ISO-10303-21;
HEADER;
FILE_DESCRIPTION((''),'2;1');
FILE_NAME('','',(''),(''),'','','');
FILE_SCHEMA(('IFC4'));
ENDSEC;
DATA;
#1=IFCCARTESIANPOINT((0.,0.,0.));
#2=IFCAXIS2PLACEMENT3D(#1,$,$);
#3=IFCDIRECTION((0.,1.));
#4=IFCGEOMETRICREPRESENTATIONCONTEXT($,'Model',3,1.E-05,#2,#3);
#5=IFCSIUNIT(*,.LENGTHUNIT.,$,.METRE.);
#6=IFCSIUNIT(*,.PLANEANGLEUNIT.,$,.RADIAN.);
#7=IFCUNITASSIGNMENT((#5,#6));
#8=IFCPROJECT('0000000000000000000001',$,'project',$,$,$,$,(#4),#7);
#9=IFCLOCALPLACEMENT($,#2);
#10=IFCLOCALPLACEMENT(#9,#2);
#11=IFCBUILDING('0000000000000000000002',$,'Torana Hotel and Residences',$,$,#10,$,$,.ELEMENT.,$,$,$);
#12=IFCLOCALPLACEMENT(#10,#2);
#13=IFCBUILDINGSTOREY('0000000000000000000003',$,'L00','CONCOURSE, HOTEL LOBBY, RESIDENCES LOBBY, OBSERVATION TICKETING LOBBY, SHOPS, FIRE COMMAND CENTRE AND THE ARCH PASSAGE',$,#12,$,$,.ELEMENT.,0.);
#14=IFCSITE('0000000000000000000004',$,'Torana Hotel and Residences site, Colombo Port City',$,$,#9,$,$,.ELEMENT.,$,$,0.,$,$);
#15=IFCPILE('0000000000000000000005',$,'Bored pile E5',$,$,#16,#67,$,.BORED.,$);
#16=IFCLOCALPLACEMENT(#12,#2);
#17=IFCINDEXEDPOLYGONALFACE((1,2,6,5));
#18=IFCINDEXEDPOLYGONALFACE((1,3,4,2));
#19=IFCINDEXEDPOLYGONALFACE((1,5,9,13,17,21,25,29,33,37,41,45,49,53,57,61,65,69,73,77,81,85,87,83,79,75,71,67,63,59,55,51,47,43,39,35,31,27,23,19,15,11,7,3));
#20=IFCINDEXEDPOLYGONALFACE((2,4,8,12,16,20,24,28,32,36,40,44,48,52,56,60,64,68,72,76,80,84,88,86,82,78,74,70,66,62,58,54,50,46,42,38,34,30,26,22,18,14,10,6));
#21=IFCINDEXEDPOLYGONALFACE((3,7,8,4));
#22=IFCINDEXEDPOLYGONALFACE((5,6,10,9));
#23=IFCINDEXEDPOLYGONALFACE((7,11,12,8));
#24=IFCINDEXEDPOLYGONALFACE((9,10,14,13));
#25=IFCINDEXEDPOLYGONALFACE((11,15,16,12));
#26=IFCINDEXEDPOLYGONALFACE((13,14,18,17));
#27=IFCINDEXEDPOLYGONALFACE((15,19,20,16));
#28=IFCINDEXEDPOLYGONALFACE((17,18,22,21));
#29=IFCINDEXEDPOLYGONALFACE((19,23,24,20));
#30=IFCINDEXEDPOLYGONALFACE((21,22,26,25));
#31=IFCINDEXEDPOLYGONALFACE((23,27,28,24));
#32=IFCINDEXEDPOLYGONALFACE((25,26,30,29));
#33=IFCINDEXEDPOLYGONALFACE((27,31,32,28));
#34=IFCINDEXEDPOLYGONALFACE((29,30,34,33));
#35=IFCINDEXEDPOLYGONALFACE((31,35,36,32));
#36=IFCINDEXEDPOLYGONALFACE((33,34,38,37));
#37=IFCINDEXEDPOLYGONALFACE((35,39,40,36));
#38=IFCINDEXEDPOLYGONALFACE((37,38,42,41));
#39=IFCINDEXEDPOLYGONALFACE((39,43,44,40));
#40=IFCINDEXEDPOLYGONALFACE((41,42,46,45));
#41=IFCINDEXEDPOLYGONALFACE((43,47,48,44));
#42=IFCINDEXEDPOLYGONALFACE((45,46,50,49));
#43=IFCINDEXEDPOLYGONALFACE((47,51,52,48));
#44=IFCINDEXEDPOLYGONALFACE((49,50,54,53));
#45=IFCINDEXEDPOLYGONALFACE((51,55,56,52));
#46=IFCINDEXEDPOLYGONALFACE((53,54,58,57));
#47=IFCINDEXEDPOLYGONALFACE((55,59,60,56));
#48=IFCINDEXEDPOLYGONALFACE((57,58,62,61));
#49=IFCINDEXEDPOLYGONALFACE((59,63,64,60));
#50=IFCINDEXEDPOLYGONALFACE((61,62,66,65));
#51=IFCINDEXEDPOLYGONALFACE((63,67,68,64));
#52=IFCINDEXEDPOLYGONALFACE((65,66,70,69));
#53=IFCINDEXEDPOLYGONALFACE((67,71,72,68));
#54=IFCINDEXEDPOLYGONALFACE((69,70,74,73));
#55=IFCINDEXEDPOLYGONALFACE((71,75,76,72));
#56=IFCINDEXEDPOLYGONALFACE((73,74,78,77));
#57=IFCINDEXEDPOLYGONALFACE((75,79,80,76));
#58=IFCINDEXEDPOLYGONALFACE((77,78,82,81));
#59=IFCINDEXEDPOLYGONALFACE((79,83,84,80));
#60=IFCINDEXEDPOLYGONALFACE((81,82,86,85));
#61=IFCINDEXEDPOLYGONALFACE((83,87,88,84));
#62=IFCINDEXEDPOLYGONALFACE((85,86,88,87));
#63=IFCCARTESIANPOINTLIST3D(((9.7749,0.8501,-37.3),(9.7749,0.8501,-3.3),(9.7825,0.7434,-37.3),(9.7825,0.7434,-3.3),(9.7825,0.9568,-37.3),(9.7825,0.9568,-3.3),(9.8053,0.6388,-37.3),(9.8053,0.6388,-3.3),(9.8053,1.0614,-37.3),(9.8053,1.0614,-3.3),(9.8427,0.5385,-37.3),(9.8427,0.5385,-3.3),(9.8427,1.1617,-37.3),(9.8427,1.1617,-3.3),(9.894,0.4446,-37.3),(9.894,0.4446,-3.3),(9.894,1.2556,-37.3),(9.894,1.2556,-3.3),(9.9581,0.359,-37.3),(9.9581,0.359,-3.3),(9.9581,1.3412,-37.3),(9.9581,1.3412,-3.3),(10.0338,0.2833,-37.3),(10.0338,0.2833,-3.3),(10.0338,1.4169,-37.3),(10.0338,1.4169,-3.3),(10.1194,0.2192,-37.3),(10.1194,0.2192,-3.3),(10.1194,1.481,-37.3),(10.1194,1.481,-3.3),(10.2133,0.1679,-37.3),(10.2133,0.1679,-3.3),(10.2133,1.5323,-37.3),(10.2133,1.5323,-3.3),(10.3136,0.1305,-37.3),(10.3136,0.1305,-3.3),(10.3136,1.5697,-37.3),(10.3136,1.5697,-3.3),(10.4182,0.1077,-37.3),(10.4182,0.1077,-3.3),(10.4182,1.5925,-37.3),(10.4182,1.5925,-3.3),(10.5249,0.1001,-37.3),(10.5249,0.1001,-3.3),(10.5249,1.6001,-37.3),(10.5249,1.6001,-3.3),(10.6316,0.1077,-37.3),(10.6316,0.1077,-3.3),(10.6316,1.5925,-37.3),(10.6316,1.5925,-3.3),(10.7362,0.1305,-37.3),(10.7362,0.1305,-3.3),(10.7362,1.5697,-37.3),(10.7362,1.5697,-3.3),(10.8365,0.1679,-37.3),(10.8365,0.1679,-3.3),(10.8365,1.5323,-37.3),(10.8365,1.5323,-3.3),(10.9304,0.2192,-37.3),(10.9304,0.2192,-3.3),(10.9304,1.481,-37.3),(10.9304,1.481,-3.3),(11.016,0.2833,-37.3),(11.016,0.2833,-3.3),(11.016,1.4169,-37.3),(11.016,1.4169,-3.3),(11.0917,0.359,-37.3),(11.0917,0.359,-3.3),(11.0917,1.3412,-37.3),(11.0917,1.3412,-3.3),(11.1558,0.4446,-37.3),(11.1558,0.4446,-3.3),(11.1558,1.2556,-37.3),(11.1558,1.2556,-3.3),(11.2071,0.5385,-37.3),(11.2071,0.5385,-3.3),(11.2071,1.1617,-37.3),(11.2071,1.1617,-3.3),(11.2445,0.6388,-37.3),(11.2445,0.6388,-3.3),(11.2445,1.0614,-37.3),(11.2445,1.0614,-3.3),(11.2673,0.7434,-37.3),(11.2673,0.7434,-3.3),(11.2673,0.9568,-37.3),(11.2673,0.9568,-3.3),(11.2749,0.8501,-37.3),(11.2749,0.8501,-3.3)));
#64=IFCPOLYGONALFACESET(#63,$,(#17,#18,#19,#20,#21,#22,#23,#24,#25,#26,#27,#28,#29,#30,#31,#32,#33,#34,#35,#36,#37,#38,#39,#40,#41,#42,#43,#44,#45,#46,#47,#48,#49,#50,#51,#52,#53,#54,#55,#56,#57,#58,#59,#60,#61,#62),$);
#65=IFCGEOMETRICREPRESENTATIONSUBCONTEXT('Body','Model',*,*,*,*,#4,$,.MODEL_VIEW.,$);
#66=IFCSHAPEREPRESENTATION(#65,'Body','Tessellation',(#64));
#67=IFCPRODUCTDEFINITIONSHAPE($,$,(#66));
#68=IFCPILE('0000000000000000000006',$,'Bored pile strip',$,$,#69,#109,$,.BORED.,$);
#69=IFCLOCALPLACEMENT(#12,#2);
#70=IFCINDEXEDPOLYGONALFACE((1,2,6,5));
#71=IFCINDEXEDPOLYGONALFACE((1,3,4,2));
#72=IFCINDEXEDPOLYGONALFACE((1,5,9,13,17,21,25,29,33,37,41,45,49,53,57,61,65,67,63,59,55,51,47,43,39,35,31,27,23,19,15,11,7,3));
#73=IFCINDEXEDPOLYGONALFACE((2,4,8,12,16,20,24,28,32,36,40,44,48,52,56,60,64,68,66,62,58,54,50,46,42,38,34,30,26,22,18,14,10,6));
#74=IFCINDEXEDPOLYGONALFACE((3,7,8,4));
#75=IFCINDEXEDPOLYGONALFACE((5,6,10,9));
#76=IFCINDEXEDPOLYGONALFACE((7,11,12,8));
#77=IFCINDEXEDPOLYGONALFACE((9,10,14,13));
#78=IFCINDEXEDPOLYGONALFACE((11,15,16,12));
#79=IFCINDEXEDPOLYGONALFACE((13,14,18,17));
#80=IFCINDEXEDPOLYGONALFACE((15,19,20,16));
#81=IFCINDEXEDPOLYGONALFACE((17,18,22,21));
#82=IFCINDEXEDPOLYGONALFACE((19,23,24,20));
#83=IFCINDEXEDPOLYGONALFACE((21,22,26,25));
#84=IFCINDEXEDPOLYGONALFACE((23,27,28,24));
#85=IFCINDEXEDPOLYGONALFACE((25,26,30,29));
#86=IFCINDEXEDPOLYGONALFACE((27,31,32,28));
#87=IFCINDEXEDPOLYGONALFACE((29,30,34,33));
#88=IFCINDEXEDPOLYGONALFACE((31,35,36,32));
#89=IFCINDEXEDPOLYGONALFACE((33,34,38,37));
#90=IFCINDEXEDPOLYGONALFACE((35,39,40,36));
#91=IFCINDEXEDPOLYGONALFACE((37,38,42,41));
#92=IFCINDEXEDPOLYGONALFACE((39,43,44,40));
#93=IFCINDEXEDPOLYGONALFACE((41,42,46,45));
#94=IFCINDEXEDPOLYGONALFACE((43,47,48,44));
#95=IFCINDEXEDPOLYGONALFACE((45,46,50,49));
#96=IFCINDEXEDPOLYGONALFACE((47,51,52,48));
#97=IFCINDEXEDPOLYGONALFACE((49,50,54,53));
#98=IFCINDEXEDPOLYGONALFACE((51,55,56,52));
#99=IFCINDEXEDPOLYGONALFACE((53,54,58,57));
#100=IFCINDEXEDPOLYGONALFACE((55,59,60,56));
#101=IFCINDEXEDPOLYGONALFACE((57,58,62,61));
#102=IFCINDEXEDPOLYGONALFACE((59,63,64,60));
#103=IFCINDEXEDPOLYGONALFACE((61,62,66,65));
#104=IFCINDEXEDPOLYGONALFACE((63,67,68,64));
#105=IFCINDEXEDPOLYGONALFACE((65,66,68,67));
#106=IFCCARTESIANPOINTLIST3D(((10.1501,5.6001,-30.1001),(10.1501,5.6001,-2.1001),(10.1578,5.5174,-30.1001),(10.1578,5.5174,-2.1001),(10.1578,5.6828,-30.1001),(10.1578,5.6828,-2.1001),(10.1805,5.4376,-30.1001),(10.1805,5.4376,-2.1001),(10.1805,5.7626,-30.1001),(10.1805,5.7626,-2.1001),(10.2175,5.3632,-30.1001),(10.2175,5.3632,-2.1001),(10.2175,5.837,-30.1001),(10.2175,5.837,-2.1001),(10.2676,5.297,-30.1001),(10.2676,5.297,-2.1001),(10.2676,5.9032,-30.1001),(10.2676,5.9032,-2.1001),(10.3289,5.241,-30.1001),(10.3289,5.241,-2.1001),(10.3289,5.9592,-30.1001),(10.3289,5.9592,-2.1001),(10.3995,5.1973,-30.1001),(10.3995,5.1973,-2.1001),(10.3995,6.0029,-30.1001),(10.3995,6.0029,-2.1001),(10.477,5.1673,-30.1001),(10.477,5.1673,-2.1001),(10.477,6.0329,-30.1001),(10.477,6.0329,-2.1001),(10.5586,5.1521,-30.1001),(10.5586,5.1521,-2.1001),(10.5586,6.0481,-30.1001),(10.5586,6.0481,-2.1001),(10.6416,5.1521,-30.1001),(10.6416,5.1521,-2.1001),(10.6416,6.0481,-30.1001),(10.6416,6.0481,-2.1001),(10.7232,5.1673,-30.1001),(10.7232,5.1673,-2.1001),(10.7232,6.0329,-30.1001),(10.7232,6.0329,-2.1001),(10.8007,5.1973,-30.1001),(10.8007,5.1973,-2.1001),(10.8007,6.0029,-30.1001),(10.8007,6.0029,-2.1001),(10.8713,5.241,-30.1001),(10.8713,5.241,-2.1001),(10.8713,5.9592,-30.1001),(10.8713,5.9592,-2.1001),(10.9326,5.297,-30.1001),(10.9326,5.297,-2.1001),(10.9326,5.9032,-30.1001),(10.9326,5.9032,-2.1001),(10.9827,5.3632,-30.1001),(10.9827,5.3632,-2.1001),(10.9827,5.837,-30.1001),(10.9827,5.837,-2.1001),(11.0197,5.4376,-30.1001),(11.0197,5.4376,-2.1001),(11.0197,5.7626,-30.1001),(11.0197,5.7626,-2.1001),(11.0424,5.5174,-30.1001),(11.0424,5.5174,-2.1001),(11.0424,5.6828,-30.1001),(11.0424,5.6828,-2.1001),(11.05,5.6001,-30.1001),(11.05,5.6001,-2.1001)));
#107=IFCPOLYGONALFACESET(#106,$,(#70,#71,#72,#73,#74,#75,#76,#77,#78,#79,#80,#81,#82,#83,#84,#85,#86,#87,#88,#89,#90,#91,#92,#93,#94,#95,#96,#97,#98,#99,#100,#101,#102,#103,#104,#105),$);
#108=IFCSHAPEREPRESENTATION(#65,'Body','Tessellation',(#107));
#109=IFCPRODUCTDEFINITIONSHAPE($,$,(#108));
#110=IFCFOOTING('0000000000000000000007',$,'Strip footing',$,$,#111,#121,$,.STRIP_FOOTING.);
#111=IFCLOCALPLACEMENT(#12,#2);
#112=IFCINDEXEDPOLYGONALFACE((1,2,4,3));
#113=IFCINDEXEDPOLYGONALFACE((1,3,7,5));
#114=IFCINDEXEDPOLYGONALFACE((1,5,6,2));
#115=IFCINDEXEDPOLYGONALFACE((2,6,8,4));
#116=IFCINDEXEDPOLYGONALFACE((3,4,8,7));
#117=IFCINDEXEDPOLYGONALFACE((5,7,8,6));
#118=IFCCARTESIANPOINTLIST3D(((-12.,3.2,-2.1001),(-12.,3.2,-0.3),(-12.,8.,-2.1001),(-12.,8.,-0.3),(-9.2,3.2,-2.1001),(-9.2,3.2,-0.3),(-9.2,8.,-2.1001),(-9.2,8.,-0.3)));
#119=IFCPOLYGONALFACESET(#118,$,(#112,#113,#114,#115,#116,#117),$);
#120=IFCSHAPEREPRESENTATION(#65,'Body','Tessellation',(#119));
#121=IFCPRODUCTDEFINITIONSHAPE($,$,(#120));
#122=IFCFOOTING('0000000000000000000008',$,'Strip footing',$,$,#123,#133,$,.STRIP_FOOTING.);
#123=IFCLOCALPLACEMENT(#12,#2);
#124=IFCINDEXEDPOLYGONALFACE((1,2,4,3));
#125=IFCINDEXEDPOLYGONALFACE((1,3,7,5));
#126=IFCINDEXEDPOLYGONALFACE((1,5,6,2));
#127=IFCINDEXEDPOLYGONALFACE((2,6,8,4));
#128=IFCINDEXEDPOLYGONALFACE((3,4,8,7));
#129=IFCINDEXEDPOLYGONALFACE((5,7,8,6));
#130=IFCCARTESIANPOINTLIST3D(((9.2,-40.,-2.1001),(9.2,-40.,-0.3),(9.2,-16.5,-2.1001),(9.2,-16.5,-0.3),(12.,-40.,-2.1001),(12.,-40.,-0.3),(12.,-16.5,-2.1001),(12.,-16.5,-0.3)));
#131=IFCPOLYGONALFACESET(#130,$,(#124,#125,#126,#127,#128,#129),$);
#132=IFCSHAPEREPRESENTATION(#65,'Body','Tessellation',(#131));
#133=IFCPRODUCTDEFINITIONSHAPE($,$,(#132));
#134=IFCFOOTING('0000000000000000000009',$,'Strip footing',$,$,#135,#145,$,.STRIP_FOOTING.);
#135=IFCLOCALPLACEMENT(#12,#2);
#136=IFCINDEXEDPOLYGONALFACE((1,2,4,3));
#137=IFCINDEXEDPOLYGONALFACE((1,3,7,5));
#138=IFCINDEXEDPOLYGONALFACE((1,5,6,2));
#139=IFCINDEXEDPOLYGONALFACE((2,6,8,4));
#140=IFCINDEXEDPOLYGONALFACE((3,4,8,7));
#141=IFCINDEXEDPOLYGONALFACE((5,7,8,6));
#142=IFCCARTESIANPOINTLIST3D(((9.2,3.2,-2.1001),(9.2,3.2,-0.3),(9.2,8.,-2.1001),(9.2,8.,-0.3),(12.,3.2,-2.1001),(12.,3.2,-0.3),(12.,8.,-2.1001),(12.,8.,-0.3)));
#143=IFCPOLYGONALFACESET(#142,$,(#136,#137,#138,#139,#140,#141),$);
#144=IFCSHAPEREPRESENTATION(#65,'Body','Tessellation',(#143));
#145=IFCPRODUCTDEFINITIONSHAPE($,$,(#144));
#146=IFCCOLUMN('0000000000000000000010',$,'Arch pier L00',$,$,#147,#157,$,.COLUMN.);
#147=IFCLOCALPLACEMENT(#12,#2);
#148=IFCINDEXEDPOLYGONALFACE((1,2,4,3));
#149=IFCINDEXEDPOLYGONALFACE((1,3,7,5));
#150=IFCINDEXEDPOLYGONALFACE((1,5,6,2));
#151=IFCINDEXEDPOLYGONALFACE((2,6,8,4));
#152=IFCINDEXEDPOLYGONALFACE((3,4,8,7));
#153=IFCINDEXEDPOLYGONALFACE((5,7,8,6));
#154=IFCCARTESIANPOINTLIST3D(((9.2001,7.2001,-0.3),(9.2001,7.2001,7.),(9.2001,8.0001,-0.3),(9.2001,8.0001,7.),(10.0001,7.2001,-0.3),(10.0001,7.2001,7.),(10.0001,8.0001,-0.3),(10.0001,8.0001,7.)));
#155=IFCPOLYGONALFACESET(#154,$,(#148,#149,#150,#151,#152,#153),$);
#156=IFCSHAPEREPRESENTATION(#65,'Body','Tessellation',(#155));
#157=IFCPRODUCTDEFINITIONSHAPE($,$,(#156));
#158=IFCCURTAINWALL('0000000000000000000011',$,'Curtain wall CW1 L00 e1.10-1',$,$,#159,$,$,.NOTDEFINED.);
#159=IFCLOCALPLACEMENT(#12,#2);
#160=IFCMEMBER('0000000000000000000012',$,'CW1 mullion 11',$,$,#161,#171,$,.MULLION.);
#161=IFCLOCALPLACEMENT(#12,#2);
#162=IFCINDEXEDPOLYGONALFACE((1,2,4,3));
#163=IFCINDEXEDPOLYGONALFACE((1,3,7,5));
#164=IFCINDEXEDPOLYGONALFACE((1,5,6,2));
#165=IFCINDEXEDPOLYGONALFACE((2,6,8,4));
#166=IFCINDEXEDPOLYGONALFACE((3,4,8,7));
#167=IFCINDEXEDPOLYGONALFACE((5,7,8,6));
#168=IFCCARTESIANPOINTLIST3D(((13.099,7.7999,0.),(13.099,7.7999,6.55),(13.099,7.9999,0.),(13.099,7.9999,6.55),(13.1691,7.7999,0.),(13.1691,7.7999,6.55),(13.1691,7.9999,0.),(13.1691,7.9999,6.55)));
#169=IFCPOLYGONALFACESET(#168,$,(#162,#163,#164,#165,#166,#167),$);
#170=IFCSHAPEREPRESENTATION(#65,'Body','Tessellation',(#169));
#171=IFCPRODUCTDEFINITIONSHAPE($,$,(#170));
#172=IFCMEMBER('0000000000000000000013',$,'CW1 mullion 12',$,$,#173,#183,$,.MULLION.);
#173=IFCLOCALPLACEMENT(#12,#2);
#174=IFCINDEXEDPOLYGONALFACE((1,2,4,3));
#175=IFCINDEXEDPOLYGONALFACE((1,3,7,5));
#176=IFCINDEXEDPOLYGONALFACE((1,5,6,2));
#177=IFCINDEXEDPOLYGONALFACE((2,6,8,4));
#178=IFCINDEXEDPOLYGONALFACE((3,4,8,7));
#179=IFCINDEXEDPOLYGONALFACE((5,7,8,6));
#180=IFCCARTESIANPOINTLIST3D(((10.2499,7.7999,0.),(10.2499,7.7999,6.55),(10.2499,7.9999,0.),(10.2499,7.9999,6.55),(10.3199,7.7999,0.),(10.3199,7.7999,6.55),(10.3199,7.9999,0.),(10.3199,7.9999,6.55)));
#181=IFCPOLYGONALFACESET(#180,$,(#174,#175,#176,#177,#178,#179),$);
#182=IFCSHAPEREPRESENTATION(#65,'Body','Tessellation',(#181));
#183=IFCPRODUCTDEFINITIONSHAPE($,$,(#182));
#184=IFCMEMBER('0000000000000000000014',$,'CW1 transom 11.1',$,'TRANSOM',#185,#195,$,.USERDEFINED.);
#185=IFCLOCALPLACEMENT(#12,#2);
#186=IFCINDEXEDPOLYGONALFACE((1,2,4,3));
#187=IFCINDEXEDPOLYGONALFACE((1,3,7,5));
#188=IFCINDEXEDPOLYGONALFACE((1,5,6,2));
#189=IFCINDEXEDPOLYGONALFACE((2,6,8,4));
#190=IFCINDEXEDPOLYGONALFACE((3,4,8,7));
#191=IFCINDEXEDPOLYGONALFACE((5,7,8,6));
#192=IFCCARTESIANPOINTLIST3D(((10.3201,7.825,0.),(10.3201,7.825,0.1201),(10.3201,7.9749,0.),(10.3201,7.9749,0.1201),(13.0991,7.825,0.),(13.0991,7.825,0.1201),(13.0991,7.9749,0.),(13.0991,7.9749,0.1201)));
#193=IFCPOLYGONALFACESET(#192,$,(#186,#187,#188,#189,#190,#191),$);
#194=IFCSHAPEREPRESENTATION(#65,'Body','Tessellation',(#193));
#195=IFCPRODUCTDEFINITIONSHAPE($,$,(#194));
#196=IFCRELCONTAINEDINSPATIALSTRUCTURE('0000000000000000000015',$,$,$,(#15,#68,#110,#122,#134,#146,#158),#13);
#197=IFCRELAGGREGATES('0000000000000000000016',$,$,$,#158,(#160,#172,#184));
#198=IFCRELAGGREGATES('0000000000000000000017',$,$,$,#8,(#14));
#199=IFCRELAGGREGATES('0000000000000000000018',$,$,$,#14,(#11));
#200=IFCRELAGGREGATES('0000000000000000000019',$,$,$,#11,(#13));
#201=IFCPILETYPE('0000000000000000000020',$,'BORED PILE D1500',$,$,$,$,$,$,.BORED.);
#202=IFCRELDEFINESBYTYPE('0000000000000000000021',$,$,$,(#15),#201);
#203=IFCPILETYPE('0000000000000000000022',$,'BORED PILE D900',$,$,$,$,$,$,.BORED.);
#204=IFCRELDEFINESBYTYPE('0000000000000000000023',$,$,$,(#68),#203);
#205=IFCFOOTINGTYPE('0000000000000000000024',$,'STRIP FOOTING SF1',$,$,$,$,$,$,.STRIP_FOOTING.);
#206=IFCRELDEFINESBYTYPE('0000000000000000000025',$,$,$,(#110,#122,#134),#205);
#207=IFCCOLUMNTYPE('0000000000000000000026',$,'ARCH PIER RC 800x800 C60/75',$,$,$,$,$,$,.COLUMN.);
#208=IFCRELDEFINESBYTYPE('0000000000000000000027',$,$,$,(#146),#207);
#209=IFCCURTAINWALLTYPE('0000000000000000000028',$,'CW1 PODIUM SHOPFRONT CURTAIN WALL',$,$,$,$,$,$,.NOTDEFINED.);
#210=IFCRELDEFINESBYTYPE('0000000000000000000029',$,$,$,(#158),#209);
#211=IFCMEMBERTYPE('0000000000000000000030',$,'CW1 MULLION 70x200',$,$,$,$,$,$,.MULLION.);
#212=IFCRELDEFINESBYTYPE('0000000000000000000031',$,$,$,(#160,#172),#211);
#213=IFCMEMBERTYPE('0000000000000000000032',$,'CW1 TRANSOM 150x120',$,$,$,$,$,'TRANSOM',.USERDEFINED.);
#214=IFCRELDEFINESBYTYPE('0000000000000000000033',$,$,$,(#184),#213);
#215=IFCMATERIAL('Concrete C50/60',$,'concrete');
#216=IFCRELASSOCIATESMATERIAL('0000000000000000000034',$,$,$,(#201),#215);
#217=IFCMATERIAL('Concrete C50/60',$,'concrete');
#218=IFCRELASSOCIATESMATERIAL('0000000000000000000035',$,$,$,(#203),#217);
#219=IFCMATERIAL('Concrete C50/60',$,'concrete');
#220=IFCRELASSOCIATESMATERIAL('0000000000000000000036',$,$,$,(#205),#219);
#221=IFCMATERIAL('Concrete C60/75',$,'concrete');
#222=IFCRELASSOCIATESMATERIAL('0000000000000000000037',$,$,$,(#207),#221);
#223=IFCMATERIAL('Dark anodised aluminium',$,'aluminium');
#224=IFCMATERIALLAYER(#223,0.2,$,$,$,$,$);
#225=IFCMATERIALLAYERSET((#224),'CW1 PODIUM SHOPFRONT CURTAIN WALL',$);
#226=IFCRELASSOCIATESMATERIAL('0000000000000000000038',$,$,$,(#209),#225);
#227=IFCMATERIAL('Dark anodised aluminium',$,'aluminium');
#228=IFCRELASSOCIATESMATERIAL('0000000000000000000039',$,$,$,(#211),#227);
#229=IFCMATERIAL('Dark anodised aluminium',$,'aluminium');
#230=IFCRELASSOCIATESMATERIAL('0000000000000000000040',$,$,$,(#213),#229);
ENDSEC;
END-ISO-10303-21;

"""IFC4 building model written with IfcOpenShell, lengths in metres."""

from ifc_helpers import new_model, si_unit, direction, frame, origin, origin_2d, place, context, subcontext, project, spatial, polyline, rectangle, circle, outline, extrude, material, layer, layer_set, material_profile, profile_set, type_object, element, aggregate, save


model = new_model("IFC4")

# Units and contexts
model_context = context("Model", 3, precision=1e-05, world=origin(), true_north=direction((0.0, 1.0)))
body_context = subcontext(model_context, "Body", "Model", "MODEL_VIEW")
ifc_project = project(units=[si_unit("LENGTHUNIT", "METRE"), si_unit("PLANEANGLEUNIT", "RADIAN")], contexts=[model_context])

# Site, building, storey
site_placement = place(None, origin())
site = spatial("IfcSite", under=ifc_project, at=site_placement, Name="Torana Hotel and Residences site, Colombo Port City", CompositionType="ELEMENT", RefElevation=0.0)
building_placement = place(site_placement, origin())
building = spatial("IfcBuilding", under=site, at=building_placement, Name="Torana Hotel and Residences", CompositionType="ELEMENT")
storey_placement = place(building_placement, origin())
storey = spatial("IfcBuildingStorey", under=building, at=storey_placement, Name="L00", Description="CONCOURSE, HOTEL LOBBY, RESIDENCES LOBBY, OBSERVATION TICKETING LOBBY, SHOPS, FIRE COMMAND CENTRE AND THE ARCH PASSAGE", CompositionType="ELEMENT", Elevation=0.0)

# Piles
ifc_material_1 = material(Name="Concrete C50/60", Category="concrete")
pile_type_1 = type_object("IfcPileType", Name="BORED PILE D1500", PredefinedType="BORED", material=ifc_material_1)
pile_1_placement = place(storey_placement, frame((10.5249, 0.8501, -3.3), z_axis=(0.0, 0.0, -1.0), x_axis=(1.0, 0.0, 0.0)))
element("IfcPile", 1, at=pile_1_placement, inside=storey, type_object=pile_type_1, Name="Bored pile E5", PredefinedType="BORED", context=body_context, shape_type="SweptSolid", body=[
    extrude(circle(Radius=0.75, at=origin_2d()), origin(), (0.0, 0.0, 1.0), 34.0),
])
ifc_material_2 = material(Name="Concrete C50/60", Category="concrete")
pile_type_2 = type_object("IfcPileType", Name="BORED PILE D900", PredefinedType="BORED", material=ifc_material_2)
pile_2_placement = place(storey_placement, frame((10.6001, 5.6001, -2.1001), z_axis=(0.0, 0.0, -1.0), x_axis=(1.0, 0.0, 0.0)))
element("IfcPile", 2, at=pile_2_placement, inside=storey, type_object=pile_type_2, Name="Bored pile strip", PredefinedType="BORED", context=body_context, shape_type="SweptSolid", body=[
    extrude(circle(Radius=0.45, at=origin_2d()), origin(), (0.0, 0.0, 1.0), 28.0),
])

# Footings
ifc_material_3 = material(Name="Concrete C50/60", Category="concrete")
footing_type = type_object("IfcFootingType", Name="STRIP FOOTING SF1", PredefinedType="STRIP_FOOTING", material=ifc_material_3)
footing_1_placement = place(storey_placement, frame((0.0, 0.0, -2.1001)))
element("IfcFooting", 3, at=footing_1_placement, inside=storey, type_object=footing_type, Name="Strip footing", PredefinedType="STRIP_FOOTING", context=body_context, shape_type="SweptSolid", body=[
    extrude(outline(polyline([(-12.0, 3.2), (-9.2, 3.2), (-9.2, 8.0), (-12.0, 8.0), (-12.0, 3.2)])), origin(), (0.0, 0.0, 1.0), 1.8),
])
footing_2_placement = place(storey_placement, frame((0.0, 0.0, -2.1001)))
element("IfcFooting", 4, at=footing_2_placement, inside=storey, type_object=footing_type, Name="Strip footing", PredefinedType="STRIP_FOOTING", context=body_context, shape_type="SweptSolid", body=[
    extrude(outline(polyline([(9.2, -40.0), (12.0, -40.0), (12.0, -16.5), (9.2, -16.5), (9.2, -40.0)])), origin(), (0.0, 0.0, 1.0), 1.8),
])
footing_3_placement = place(storey_placement, frame((0.0, 0.0, -2.1001)))
element("IfcFooting", 5, at=footing_3_placement, inside=storey, type_object=footing_type, Name="Strip footing", PredefinedType="STRIP_FOOTING", context=body_context, shape_type="SweptSolid", body=[
    extrude(outline(polyline([(9.2, 3.2), (12.0, 3.2), (12.0, 8.0), (9.2, 8.0), (9.2, 3.2)])), origin(), (0.0, 0.0, 1.0), 1.8),
])

# Column
ifc_material_4 = material(Name="Concrete C60/75", Category="concrete")
ifc_material_profile_1 = material_profile(ifc_material_4, rectangle(XDim=0.8, YDim=0.8, at=origin_2d()), Name="RC 800x800")
ifc_profile_set_1 = profile_set([ifc_material_profile_1], Name="Concrete C60/75")
column_type = type_object("IfcColumnType", Name="ARCH PIER RC 800x800 C60/75", PredefinedType="COLUMN", material=ifc_profile_set_1)
column_placement = place(storey_placement, frame((9.6001, 7.6001, -0.3), z_axis=(0.0, 0.0, 1.0), x_axis=(1.0, 0.0, 0.0)))
element("IfcColumn", 6, at=column_placement, inside=storey, type_object=column_type, Name="Arch pier L00", PredefinedType="COLUMN", context=body_context, shape_type="SweptSolid", body=[
    extrude(rectangle(XDim=0.8, YDim=0.8, at=origin_2d()), origin(), (0.0, 0.0, 1.0), 7.3),
])

# Curtain wall, members
ifc_material_5 = material(Name="Dark anodised aluminium", Category="aluminium")
ifc_layer_1 = layer(ifc_material_5, 0.2)
ifc_layer_set_1 = layer_set([ifc_layer_1], Name="CW1 PODIUM SHOPFRONT CURTAIN WALL")
curtain_wall_type = type_object("IfcCurtainWallType", Name="CW1 PODIUM SHOPFRONT CURTAIN WALL", PredefinedType="NOTDEFINED", material=ifc_layer_set_1)
curtain_wall_placement = place(storey_placement, origin())
curtain_wall = element("IfcCurtainWall", 7, at=curtain_wall_placement, inside=storey, type_object=curtain_wall_type, Name="Curtain wall CW1 L00 e1.10-1", PredefinedType="NOTDEFINED")
ifc_material_6 = material(Name="Dark anodised aluminium", Category="aluminium")
ifc_material_profile_2 = material_profile(ifc_material_6, rectangle(XDim=0.2, YDim=0.0701, at=origin_2d()), Name="CW1 MULLION 70x200")
ifc_profile_set_2 = profile_set([ifc_material_profile_2], Name="Dark anodised aluminium")
member_type_1 = type_object("IfcMemberType", Name="CW1 MULLION 70x200", PredefinedType="MULLION", material=ifc_profile_set_2)
member_1_placement = place(storey_placement, frame((13.134, 7.8999, 0.0), z_axis=(0.0, 0.0, 1.0), x_axis=(0.0, -1.0, 0.0)))
member_1 = element("IfcMember", 8, at=member_1_placement, type_object=member_type_1, Name="CW1 mullion 11", PredefinedType="MULLION", context=body_context, shape_type="SweptSolid", body=[
    extrude(rectangle(XDim=0.2, YDim=0.0701, at=origin_2d()), origin(), (0.0, 0.0, 1.0), 6.55),
])
member_2_placement = place(storey_placement, frame((10.2849, 7.8999, 0.0), z_axis=(0.0, 0.0, 1.0), x_axis=(0.0, -1.0, 0.0)))
member_2 = element("IfcMember", 9, at=member_2_placement, type_object=member_type_1, Name="CW1 mullion 12", PredefinedType="MULLION", context=body_context, shape_type="SweptSolid", body=[
    extrude(rectangle(XDim=0.2, YDim=0.0701, at=origin_2d()), origin(), (0.0, 0.0, 1.0), 6.55),
])
ifc_material_7 = material(Name="Dark anodised aluminium", Category="aluminium")
ifc_material_profile_3 = material_profile(ifc_material_7, rectangle(XDim=0.1499, YDim=0.1201, at=origin_2d()), Name="CW1 TRANSOM 150x120")
ifc_profile_set_3 = profile_set([ifc_material_profile_3], Name="Dark anodised aluminium")
member_type_2 = type_object("IfcMemberType", Name="CW1 TRANSOM 150x120", ElementType="TRANSOM", PredefinedType="USERDEFINED", material=ifc_profile_set_3)
member_3_placement = place(storey_placement, frame((13.0991, 7.8999, 0.0601), z_axis=(-1.0, 0.0, 0.0), x_axis=(0.0, -1.0, 0.0)))
member_3 = element("IfcMember", 10, at=member_3_placement, type_object=member_type_2, Name="CW1 transom 11.1", ObjectType="TRANSOM", PredefinedType="USERDEFINED", context=body_context, shape_type="SweptSolid", body=[
    extrude(rectangle(XDim=0.1499, YDim=0.1201, at=origin_2d()), origin(), (0.0, 0.0, 1.0), 2.7791),
])
aggregate(curtain_wall, [member_1, member_2, member_3])

save(model, "model.ifc")
